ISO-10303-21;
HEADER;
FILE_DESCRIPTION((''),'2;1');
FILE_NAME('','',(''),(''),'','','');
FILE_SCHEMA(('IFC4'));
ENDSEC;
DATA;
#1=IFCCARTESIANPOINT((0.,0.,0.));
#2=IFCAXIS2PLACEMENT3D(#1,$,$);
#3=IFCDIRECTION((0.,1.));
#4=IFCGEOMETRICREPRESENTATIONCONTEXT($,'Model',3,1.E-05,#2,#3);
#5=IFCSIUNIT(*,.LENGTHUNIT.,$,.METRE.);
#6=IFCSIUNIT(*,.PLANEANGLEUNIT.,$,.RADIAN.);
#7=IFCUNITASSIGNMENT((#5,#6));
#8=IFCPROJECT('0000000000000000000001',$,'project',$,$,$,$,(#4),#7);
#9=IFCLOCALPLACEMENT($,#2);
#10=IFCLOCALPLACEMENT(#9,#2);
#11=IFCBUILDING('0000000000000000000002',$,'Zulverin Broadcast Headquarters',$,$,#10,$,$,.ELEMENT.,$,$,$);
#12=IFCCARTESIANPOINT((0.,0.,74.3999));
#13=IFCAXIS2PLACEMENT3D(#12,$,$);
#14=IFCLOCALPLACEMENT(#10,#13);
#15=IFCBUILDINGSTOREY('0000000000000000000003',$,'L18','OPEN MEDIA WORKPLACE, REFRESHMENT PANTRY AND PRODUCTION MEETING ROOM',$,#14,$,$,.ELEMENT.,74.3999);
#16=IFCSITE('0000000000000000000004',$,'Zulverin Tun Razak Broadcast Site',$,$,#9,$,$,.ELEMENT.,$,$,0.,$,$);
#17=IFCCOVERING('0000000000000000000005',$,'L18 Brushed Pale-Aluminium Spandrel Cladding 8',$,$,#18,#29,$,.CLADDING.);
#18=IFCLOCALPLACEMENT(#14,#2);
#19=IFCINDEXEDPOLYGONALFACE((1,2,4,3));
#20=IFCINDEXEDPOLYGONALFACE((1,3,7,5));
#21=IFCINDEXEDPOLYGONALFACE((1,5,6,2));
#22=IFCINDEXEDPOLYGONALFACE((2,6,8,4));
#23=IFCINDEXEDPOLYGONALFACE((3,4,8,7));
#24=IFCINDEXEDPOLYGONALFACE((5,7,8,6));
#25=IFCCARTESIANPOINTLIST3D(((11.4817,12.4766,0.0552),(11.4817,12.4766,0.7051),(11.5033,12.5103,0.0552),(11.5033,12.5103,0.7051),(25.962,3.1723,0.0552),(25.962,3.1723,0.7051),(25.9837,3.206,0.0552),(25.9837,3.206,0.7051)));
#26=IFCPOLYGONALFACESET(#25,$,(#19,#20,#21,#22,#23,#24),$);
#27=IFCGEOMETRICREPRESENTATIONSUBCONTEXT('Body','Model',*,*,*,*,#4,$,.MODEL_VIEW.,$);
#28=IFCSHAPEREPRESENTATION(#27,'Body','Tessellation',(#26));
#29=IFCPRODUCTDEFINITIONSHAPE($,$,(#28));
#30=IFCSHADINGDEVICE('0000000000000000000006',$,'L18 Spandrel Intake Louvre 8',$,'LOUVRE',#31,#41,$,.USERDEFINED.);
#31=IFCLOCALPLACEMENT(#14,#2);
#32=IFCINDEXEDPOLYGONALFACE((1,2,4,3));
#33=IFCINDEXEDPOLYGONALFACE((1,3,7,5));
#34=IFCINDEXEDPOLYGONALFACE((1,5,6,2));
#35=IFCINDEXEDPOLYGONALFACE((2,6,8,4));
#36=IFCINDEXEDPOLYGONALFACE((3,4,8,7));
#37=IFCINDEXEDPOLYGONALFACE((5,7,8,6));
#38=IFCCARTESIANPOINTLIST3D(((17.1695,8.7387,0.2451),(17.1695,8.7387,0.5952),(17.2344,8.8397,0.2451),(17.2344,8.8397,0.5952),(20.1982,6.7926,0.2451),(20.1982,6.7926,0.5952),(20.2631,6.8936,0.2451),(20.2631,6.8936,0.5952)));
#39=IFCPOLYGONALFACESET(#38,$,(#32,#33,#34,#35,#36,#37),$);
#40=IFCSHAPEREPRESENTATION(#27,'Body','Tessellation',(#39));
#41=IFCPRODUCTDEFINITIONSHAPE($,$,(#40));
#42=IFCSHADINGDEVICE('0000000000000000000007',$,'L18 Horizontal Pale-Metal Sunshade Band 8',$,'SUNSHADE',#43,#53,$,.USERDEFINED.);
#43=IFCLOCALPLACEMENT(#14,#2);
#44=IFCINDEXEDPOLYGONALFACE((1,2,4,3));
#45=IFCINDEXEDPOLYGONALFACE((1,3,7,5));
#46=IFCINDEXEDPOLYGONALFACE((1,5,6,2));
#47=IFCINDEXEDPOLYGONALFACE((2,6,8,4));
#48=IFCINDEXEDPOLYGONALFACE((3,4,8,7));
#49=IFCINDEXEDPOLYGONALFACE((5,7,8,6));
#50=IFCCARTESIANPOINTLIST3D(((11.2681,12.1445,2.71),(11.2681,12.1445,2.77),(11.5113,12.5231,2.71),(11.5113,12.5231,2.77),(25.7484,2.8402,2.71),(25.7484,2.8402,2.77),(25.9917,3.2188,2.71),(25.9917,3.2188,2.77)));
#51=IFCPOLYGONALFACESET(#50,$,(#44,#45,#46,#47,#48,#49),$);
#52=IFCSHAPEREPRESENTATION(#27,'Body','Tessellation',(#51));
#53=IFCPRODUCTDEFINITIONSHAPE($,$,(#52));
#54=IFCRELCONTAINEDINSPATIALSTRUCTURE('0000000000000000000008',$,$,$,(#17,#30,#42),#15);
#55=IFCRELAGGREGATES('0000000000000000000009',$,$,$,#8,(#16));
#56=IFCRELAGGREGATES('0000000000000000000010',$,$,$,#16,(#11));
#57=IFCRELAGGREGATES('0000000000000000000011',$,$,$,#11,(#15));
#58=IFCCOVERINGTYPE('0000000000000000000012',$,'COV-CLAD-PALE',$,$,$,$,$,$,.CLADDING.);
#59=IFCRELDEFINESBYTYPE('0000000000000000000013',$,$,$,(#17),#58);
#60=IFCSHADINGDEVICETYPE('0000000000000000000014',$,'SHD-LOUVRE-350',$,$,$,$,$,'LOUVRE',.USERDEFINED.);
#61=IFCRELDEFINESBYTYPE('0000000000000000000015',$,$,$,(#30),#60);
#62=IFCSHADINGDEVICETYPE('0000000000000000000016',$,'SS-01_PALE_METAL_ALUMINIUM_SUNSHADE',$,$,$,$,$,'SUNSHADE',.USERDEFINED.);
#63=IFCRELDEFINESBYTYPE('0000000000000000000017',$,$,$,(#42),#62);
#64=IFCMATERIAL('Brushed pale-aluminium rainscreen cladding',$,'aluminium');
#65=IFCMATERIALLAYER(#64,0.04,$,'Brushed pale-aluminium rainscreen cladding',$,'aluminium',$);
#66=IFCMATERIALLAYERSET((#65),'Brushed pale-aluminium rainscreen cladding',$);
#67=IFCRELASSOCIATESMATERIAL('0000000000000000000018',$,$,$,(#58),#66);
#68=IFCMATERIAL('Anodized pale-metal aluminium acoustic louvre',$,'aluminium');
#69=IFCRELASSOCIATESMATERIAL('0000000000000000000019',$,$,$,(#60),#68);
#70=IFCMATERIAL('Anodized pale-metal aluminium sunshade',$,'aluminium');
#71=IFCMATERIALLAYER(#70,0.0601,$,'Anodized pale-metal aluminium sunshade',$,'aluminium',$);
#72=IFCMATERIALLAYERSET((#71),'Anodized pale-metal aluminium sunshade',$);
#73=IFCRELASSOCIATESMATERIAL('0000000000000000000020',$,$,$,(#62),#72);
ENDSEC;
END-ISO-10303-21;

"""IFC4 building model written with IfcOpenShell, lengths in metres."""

from ifc_helpers import new_model, si_unit, direction, frame, origin, origin_2d, place, context, subcontext, project, spatial, rectangle, extrude, material, layer, layer_set, type_object, element, save


model = new_model("IFC4")

# Units and contexts
model_context = context("Model", 3, precision=1e-05, world=origin(), true_north=direction((0.0, 1.0)))
body_context = subcontext(model_context, "Body", "Model", "MODEL_VIEW")
ifc_project = project(units=[si_unit("LENGTHUNIT", "METRE"), si_unit("PLANEANGLEUNIT", "RADIAN")], contexts=[model_context])

# Site, building, storey
site_placement = place(None, origin())
site = spatial("IfcSite", under=ifc_project, at=site_placement, Name="Zulverin Tun Razak Broadcast Site", CompositionType="ELEMENT", RefElevation=0.0)
building_placement = place(site_placement, origin())
building = spatial("IfcBuilding", under=site, at=building_placement, Name="Zulverin Broadcast Headquarters", CompositionType="ELEMENT")
storey_placement = place(building_placement, frame((0.0, 0.0, 74.3999)))
storey = spatial("IfcBuildingStorey", under=building, at=storey_placement, Name="L18", Description="OPEN MEDIA WORKPLACE, REFRESHMENT PANTRY AND PRODUCTION MEETING ROOM", CompositionType="ELEMENT", Elevation=74.3999)

# Covering
ifc_material_1 = material(Name="Brushed pale-aluminium rainscreen cladding", Category="aluminium")
ifc_layer_1 = layer(ifc_material_1, 0.04, Name="Brushed pale-aluminium rainscreen cladding", Category="aluminium")
ifc_layer_set_1 = layer_set([ifc_layer_1], Name="Brushed pale-aluminium rainscreen cladding")
covering_type = type_object("IfcCoveringType", Name="COV-CLAD-PALE", PredefinedType="CLADDING", material=ifc_layer_set_1)
covering_placement = place(storey_placement, frame((18.7327, 7.8413, 0.0552), z_axis=(0.0, 0.0, 1.0), x_axis=(0.841297, -0.540574, 0.0)))
element("IfcCovering", 1, at=covering_placement, inside=storey, type_object=covering_type, Name="L18 Brushed Pale-Aluminium Spandrel Cladding 8", PredefinedType="CLADDING", context=body_context, shape_type="SweptSolid", body=[
    extrude(rectangle(XDim=17.2119, YDim=0.04, at=origin_2d()), origin(), (0.0, 0.0, 1.0), 0.6499),
])

# Shading devices
ifc_material_2 = material(Name="Anodized pale-metal aluminium acoustic louvre", Category="aluminium")
shading_device_type_1 = type_object("IfcShadingDeviceType", Name="SHD-LOUVRE-350", ElementType="LOUVRE", PredefinedType="USERDEFINED", material=ifc_material_2)
shading_device_1_placement = place(storey_placement, frame((18.7163, 7.8162, 0.2451), z_axis=(0.0, 0.0, 1.0), x_axis=(0.841297, -0.540574, 0.0)))
element("IfcShadingDevice", 2, at=shading_device_1_placement, inside=storey, type_object=shading_device_type_1, Name="L18 Spandrel Intake Louvre 8", ObjectType="LOUVRE", PredefinedType="USERDEFINED", context=body_context, shape_type="SweptSolid", body=[
    extrude(rectangle(XDim=3.6001, YDim=0.1201, at=origin_2d()), origin(), (0.0, 0.0, 1.0), 0.3501),
])
ifc_material_3 = material(Name="Anodized pale-metal aluminium sunshade", Category="aluminium")
ifc_layer_2 = layer(ifc_material_3, 0.0601, Name="Anodized pale-metal aluminium sunshade", Category="aluminium")
ifc_layer_set_2 = layer_set([ifc_layer_2], Name="Anodized pale-metal aluminium sunshade")
shading_device_type_2 = type_object("IfcShadingDeviceType", Name="SS-01_PALE_METAL_ALUMINIUM_SUNSHADE", ElementType="SUNSHADE", PredefinedType="USERDEFINED", material=ifc_layer_set_2)
shading_device_2_placement = place(storey_placement, frame((18.6299, 7.6816, 2.71), z_axis=(0.0, 0.0, 1.0), x_axis=(0.841297, -0.540574, 0.0)))
element("IfcShadingDevice", 3, at=shading_device_2_placement, inside=storey, type_object=shading_device_type_2, Name="L18 Horizontal Pale-Metal Sunshade Band 8", ObjectType="SUNSHADE", PredefinedType="USERDEFINED", context=body_context, shape_type="SweptSolid", body=[
    extrude(rectangle(XDim=17.2119, YDim=0.45, at=origin_2d()), origin(), (0.0, 0.0, 1.0), 0.0601),
])

save(model, "model.ifc")
